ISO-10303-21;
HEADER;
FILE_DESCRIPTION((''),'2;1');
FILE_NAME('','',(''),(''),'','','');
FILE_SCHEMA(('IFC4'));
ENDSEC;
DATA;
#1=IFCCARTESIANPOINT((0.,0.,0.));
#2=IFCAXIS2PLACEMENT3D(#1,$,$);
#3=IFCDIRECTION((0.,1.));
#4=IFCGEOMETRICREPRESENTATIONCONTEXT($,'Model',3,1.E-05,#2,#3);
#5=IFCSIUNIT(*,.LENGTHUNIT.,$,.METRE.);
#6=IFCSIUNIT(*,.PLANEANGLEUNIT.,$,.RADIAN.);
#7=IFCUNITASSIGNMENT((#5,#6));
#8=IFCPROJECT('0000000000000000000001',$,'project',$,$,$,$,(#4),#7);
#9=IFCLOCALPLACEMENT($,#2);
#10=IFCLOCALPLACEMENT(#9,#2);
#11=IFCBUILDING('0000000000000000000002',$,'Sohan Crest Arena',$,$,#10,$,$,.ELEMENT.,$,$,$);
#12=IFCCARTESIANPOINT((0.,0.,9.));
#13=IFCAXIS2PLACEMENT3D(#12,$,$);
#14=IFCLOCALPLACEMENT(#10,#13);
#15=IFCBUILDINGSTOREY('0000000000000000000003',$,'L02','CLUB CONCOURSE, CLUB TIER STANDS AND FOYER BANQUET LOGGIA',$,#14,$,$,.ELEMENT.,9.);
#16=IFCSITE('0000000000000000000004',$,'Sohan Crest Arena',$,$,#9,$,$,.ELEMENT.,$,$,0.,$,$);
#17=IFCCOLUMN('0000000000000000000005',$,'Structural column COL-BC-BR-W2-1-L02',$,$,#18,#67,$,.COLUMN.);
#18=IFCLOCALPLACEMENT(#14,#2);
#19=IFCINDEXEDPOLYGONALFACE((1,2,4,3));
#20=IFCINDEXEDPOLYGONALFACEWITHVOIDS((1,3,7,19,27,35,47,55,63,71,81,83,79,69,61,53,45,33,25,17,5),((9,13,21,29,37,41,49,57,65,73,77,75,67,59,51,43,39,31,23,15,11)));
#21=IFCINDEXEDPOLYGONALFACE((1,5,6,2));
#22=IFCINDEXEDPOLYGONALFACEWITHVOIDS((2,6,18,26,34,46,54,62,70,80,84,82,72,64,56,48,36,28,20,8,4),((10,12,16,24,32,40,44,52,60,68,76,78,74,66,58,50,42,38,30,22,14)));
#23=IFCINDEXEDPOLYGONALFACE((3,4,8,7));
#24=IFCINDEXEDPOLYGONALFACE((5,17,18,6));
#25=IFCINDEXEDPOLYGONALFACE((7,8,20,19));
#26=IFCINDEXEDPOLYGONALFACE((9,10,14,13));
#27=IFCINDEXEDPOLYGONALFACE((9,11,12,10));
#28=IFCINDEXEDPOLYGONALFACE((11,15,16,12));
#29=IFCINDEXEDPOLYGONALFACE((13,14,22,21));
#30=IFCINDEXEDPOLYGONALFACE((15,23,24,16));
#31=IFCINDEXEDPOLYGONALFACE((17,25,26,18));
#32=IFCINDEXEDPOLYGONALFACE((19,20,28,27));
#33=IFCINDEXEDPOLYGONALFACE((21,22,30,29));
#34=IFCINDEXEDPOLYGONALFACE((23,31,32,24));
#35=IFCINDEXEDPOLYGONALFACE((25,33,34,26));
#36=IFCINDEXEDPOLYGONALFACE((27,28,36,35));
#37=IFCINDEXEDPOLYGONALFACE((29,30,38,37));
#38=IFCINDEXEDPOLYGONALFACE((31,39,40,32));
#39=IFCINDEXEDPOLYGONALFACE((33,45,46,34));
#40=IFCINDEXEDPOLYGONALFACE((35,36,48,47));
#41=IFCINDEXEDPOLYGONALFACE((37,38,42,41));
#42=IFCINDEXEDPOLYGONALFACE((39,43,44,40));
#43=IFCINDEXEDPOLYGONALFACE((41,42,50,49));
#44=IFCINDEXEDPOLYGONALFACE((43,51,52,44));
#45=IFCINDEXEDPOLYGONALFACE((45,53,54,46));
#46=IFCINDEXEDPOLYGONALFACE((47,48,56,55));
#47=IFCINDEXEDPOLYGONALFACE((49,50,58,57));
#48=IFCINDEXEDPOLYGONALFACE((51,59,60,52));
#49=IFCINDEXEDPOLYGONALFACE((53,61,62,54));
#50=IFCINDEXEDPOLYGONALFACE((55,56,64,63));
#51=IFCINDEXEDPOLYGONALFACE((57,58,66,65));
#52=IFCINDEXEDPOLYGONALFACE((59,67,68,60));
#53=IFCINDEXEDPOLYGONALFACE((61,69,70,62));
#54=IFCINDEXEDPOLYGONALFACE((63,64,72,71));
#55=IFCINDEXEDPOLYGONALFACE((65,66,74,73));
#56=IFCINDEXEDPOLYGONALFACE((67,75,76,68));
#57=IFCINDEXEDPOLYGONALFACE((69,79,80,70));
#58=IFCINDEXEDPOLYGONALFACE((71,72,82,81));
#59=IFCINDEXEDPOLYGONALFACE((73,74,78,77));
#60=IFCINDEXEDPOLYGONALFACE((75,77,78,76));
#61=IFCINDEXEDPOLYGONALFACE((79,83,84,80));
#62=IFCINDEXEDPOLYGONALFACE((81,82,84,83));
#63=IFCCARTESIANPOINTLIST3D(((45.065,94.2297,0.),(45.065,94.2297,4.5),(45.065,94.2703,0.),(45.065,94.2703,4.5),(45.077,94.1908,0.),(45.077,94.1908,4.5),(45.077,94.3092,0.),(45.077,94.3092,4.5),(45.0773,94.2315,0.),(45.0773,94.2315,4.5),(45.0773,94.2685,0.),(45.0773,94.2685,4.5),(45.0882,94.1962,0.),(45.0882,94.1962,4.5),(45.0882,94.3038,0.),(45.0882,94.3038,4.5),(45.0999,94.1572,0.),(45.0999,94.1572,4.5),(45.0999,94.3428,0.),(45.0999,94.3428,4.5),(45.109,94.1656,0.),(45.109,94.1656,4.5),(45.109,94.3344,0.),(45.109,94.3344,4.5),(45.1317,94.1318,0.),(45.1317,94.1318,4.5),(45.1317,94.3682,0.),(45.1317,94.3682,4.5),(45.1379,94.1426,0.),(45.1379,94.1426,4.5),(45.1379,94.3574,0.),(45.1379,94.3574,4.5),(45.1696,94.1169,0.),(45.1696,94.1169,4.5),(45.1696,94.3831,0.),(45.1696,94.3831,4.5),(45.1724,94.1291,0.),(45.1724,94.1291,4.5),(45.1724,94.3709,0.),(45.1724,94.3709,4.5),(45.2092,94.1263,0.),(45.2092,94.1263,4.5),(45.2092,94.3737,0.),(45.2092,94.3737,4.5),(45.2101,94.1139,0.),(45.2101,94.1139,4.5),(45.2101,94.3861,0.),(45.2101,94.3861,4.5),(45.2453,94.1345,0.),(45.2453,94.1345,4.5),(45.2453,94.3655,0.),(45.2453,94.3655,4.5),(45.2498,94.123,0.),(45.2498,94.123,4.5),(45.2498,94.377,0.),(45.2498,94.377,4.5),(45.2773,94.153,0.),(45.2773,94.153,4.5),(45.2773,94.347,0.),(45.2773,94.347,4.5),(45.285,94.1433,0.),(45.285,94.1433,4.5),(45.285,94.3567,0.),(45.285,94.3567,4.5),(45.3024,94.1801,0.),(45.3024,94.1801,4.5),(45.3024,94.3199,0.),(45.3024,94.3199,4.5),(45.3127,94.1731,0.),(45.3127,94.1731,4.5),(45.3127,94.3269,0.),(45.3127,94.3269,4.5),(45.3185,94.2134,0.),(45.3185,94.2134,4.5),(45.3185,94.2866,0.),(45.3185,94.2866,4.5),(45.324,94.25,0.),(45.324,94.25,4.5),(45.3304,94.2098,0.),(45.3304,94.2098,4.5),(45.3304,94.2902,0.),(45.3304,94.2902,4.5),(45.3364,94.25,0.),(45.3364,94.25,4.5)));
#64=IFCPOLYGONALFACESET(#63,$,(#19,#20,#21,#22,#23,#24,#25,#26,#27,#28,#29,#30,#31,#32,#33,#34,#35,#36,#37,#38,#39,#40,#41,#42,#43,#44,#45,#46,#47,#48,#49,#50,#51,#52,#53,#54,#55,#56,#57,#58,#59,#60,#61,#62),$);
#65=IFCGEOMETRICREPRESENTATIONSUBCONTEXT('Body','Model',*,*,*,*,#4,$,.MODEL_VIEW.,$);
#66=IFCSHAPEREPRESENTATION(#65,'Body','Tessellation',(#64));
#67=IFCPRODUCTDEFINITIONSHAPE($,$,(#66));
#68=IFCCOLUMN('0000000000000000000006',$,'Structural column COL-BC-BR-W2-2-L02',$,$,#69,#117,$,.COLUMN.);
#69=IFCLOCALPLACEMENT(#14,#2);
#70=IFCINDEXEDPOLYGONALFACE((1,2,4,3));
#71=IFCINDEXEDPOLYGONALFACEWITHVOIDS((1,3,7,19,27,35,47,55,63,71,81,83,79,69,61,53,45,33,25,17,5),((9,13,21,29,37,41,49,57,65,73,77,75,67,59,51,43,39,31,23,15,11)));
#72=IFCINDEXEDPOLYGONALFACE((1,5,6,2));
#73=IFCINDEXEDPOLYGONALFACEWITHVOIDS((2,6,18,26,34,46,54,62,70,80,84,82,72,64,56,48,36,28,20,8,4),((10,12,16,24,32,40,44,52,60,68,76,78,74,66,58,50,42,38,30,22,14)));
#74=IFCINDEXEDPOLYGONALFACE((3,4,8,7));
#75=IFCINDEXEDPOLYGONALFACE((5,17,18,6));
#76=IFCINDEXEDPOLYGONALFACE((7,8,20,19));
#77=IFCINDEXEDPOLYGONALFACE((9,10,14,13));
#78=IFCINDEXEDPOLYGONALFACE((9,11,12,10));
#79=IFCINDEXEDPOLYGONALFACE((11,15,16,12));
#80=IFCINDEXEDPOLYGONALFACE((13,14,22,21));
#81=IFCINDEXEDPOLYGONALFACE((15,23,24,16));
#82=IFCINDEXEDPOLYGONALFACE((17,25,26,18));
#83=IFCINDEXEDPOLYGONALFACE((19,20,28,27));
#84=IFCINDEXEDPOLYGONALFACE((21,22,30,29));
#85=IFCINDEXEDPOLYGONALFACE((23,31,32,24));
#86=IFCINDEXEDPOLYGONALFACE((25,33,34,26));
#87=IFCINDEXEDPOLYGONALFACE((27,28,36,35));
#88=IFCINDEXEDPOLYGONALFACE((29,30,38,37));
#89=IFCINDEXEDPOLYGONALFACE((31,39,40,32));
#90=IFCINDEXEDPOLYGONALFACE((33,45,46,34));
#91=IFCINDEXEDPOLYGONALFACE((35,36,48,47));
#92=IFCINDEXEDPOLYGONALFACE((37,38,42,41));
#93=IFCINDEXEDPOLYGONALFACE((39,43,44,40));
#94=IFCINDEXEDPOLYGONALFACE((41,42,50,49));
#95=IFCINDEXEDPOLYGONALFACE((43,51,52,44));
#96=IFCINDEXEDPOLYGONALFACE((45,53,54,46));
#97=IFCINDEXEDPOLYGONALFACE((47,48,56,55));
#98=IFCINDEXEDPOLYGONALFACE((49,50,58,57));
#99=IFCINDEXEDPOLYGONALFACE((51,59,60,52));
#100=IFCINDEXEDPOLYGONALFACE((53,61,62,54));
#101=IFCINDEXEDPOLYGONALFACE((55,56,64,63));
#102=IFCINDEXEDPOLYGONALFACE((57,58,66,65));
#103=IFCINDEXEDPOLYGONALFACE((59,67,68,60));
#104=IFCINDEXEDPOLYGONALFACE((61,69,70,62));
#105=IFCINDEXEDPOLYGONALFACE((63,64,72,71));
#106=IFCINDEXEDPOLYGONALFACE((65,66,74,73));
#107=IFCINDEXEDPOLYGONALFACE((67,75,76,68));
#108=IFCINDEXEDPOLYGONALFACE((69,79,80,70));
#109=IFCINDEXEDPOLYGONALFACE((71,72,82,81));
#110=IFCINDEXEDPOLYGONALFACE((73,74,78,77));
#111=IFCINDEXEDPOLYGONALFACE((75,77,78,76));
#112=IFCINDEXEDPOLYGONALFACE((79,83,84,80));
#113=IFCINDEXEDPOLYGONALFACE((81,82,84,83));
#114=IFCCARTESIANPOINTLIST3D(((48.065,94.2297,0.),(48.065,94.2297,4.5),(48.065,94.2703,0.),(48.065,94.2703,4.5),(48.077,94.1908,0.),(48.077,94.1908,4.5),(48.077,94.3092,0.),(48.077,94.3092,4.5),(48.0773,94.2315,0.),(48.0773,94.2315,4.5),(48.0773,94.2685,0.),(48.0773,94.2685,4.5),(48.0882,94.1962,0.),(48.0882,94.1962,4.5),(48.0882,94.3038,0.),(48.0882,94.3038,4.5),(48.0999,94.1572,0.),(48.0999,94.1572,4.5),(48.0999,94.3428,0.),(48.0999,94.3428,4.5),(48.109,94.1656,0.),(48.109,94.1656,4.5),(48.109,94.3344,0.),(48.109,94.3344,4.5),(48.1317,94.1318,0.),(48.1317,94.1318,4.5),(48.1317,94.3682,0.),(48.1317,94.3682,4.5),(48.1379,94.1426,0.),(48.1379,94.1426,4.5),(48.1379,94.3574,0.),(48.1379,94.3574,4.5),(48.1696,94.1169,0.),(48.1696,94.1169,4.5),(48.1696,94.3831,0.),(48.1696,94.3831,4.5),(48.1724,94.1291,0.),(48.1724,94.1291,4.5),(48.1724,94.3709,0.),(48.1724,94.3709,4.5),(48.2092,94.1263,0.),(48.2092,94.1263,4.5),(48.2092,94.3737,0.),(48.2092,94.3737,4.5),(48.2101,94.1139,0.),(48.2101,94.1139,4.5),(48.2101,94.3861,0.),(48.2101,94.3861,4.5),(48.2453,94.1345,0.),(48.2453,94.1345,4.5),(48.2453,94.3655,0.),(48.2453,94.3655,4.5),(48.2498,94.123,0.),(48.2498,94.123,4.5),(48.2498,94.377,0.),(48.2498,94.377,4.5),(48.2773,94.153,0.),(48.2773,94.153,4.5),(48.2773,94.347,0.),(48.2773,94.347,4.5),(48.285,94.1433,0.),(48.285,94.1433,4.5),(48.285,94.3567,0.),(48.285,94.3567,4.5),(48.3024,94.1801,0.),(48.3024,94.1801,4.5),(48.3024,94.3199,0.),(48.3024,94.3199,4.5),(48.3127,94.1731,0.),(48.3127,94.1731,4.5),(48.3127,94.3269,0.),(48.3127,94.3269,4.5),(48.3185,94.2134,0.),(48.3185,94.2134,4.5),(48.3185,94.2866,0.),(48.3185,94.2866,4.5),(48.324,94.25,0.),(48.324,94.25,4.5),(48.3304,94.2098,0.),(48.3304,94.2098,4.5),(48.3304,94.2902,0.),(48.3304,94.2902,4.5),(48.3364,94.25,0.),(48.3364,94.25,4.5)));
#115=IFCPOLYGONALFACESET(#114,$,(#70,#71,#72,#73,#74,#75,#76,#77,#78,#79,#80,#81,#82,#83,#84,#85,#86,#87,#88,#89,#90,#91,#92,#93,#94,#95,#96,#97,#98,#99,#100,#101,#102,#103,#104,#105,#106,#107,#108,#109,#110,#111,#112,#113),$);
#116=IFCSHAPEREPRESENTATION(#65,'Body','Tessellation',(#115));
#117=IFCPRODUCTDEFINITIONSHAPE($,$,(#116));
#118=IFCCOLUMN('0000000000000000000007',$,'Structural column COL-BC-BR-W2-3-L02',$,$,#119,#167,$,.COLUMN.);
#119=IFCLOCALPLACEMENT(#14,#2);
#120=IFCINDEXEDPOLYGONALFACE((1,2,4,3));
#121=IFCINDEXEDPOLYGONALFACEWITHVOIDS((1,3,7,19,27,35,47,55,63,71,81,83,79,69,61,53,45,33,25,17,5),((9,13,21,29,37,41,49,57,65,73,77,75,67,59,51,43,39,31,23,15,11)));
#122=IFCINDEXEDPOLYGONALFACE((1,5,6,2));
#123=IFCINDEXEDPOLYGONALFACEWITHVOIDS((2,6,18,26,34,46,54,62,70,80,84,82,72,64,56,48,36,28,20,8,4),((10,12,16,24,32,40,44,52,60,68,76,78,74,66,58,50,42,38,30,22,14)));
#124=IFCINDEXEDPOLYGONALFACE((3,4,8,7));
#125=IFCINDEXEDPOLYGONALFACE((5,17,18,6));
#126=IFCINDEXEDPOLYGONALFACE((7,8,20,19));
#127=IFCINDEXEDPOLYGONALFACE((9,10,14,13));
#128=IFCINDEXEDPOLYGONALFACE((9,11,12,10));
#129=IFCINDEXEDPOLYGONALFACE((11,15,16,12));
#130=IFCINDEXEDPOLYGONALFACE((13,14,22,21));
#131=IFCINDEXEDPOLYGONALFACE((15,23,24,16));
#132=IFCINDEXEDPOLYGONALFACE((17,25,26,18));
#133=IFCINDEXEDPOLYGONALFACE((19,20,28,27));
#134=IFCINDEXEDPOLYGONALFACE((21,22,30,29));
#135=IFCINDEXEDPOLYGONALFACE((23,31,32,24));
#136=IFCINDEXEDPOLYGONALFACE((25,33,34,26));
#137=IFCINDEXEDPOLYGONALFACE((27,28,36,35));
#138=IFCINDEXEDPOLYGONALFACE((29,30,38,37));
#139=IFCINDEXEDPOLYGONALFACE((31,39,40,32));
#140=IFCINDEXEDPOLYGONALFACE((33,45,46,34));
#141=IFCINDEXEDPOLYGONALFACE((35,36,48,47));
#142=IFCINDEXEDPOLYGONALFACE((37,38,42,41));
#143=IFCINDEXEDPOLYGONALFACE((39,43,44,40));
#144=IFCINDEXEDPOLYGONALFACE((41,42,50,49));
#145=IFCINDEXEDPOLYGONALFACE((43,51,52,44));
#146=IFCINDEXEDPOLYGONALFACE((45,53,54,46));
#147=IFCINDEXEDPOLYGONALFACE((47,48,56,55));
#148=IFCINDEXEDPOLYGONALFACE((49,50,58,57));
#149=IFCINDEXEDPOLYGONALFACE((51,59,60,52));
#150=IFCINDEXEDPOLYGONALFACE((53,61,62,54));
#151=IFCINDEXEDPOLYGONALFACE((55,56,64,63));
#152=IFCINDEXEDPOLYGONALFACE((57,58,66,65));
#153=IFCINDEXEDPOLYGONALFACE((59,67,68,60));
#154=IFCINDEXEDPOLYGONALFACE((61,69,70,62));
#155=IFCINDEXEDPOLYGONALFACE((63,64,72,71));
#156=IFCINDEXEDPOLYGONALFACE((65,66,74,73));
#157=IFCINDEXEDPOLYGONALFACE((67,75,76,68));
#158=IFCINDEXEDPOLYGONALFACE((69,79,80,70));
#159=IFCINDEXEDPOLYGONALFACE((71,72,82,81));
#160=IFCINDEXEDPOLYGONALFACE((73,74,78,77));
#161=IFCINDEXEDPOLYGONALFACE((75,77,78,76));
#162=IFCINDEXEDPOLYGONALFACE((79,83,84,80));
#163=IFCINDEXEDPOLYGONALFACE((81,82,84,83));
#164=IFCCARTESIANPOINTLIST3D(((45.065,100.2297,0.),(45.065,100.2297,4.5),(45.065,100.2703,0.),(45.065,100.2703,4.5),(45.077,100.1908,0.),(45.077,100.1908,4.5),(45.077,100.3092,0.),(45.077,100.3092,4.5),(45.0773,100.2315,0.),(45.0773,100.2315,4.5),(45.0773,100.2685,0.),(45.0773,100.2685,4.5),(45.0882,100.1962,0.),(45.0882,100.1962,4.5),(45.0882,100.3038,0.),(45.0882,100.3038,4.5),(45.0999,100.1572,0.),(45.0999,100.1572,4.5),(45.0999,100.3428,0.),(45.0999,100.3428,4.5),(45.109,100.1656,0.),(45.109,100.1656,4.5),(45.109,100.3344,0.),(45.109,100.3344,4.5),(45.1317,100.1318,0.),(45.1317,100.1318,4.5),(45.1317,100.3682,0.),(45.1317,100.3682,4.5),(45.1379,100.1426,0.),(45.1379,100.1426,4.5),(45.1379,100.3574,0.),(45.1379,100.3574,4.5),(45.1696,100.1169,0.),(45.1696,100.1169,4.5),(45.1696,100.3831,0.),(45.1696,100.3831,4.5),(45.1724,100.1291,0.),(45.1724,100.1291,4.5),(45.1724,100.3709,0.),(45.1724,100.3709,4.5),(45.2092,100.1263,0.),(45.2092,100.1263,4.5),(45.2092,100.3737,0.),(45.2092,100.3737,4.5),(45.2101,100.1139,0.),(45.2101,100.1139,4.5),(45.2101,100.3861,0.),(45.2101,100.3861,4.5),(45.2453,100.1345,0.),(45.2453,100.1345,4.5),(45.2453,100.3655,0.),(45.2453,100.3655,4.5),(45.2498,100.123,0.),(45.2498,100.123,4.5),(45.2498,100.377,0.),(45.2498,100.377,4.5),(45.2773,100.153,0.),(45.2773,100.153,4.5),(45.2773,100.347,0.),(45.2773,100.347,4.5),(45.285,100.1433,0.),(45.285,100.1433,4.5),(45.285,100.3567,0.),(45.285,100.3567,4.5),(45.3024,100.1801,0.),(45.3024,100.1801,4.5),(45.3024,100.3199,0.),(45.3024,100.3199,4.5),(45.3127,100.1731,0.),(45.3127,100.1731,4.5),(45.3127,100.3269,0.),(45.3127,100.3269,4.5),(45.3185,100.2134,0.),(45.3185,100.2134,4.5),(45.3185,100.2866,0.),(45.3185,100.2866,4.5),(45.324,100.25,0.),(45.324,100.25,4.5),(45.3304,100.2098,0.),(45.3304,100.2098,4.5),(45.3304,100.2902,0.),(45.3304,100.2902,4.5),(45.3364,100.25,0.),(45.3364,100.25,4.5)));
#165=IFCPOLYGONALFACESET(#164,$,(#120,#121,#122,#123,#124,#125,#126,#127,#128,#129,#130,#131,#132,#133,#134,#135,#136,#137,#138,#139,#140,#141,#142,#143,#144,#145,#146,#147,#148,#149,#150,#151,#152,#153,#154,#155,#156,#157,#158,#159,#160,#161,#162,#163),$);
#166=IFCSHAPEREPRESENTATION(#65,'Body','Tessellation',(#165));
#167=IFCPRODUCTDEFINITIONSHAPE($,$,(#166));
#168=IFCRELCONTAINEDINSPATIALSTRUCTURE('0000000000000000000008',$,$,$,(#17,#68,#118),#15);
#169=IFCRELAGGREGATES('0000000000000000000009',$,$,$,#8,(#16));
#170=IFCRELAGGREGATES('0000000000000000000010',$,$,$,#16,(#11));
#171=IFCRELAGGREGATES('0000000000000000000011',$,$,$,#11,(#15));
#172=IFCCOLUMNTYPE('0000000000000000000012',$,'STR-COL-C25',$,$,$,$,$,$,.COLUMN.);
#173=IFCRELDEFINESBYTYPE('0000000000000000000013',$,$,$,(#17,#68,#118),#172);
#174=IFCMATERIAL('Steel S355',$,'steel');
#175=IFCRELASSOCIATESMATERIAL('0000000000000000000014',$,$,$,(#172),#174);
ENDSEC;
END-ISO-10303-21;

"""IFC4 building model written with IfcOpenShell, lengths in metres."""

from ifc_helpers import new_model, si_unit, direction, frame, origin, origin_2d, place, context, subcontext, project, spatial, hollow_circle, extrude, material, material_profile, profile_set, type_object, element, save


model = new_model("IFC4")

# Units and contexts
model_context = context("Model", 3, precision=1e-05, world=origin(), true_north=direction((0.0, 1.0)))
body_context = subcontext(model_context, "Body", "Model", "MODEL_VIEW")
ifc_project = project(units=[si_unit("LENGTHUNIT", "METRE"), si_unit("PLANEANGLEUNIT", "RADIAN")], contexts=[model_context])

# Site, building, storey
site_placement = place(None, origin())
site = spatial("IfcSite", under=ifc_project, at=site_placement, Name="Sohan Crest Arena", CompositionType="ELEMENT", RefElevation=0.0)
building_placement = place(site_placement, origin())
building = spatial("IfcBuilding", under=site, at=building_placement, Name="Sohan Crest Arena", CompositionType="ELEMENT")
storey_placement = place(building_placement, frame((0.0, 0.0, 9.0)))
storey = spatial("IfcBuildingStorey", under=building, at=storey_placement, Name="L02", Description="CLUB CONCOURSE, CLUB TIER STANDS AND FOYER BANQUET LOGGIA", CompositionType="ELEMENT", Elevation=9.0)

# Columns
ifc_material_1 = material(Name="Steel S355", Category="steel")
ifc_material_profile_1 = material_profile(ifc_material_1, hollow_circle(Radius=0.1365, WallThickness=0.0125, at=origin_2d()), Name="CHS 273x12.5")
ifc_profile_set_1 = profile_set([ifc_material_profile_1], Name="Steel S355")
column_type = type_object("IfcColumnType", Name="STR-COL-C25", PredefinedType="COLUMN", material=ifc_profile_set_1)
for number, where, z_axis, x_axis, name in (
    (1, (45.2, 94.25, 0.0), (0.0, 0.0, 1.0), (1.0, 0.0, 0.0), "Structural column COL-BC-BR-W2-1-L02"),
    (2, (48.2, 94.25, 0.0), (0.0, 0.0, 1.0), (1.0, 0.0, 0.0), "Structural column COL-BC-BR-W2-2-L02"),
    (3, (45.2, 100.25, 0.0), (0.0, 0.0, 1.0), (1.0, 0.0, 0.0), "Structural column COL-BC-BR-W2-3-L02"),
):
    element("IfcColumn", number, at=place(storey_placement, frame(where, z_axis=z_axis, x_axis=x_axis)), inside=storey, type_object=column_type, Name=name, PredefinedType="COLUMN", context=body_context, shape_type="SweptSolid", body=[
        extrude(hollow_circle(Radius=0.1365, WallThickness=0.0125, at=origin_2d()), origin(), (0.0, 0.0, 1.0), 4.5),
    ])

save(model, "model.ifc")
